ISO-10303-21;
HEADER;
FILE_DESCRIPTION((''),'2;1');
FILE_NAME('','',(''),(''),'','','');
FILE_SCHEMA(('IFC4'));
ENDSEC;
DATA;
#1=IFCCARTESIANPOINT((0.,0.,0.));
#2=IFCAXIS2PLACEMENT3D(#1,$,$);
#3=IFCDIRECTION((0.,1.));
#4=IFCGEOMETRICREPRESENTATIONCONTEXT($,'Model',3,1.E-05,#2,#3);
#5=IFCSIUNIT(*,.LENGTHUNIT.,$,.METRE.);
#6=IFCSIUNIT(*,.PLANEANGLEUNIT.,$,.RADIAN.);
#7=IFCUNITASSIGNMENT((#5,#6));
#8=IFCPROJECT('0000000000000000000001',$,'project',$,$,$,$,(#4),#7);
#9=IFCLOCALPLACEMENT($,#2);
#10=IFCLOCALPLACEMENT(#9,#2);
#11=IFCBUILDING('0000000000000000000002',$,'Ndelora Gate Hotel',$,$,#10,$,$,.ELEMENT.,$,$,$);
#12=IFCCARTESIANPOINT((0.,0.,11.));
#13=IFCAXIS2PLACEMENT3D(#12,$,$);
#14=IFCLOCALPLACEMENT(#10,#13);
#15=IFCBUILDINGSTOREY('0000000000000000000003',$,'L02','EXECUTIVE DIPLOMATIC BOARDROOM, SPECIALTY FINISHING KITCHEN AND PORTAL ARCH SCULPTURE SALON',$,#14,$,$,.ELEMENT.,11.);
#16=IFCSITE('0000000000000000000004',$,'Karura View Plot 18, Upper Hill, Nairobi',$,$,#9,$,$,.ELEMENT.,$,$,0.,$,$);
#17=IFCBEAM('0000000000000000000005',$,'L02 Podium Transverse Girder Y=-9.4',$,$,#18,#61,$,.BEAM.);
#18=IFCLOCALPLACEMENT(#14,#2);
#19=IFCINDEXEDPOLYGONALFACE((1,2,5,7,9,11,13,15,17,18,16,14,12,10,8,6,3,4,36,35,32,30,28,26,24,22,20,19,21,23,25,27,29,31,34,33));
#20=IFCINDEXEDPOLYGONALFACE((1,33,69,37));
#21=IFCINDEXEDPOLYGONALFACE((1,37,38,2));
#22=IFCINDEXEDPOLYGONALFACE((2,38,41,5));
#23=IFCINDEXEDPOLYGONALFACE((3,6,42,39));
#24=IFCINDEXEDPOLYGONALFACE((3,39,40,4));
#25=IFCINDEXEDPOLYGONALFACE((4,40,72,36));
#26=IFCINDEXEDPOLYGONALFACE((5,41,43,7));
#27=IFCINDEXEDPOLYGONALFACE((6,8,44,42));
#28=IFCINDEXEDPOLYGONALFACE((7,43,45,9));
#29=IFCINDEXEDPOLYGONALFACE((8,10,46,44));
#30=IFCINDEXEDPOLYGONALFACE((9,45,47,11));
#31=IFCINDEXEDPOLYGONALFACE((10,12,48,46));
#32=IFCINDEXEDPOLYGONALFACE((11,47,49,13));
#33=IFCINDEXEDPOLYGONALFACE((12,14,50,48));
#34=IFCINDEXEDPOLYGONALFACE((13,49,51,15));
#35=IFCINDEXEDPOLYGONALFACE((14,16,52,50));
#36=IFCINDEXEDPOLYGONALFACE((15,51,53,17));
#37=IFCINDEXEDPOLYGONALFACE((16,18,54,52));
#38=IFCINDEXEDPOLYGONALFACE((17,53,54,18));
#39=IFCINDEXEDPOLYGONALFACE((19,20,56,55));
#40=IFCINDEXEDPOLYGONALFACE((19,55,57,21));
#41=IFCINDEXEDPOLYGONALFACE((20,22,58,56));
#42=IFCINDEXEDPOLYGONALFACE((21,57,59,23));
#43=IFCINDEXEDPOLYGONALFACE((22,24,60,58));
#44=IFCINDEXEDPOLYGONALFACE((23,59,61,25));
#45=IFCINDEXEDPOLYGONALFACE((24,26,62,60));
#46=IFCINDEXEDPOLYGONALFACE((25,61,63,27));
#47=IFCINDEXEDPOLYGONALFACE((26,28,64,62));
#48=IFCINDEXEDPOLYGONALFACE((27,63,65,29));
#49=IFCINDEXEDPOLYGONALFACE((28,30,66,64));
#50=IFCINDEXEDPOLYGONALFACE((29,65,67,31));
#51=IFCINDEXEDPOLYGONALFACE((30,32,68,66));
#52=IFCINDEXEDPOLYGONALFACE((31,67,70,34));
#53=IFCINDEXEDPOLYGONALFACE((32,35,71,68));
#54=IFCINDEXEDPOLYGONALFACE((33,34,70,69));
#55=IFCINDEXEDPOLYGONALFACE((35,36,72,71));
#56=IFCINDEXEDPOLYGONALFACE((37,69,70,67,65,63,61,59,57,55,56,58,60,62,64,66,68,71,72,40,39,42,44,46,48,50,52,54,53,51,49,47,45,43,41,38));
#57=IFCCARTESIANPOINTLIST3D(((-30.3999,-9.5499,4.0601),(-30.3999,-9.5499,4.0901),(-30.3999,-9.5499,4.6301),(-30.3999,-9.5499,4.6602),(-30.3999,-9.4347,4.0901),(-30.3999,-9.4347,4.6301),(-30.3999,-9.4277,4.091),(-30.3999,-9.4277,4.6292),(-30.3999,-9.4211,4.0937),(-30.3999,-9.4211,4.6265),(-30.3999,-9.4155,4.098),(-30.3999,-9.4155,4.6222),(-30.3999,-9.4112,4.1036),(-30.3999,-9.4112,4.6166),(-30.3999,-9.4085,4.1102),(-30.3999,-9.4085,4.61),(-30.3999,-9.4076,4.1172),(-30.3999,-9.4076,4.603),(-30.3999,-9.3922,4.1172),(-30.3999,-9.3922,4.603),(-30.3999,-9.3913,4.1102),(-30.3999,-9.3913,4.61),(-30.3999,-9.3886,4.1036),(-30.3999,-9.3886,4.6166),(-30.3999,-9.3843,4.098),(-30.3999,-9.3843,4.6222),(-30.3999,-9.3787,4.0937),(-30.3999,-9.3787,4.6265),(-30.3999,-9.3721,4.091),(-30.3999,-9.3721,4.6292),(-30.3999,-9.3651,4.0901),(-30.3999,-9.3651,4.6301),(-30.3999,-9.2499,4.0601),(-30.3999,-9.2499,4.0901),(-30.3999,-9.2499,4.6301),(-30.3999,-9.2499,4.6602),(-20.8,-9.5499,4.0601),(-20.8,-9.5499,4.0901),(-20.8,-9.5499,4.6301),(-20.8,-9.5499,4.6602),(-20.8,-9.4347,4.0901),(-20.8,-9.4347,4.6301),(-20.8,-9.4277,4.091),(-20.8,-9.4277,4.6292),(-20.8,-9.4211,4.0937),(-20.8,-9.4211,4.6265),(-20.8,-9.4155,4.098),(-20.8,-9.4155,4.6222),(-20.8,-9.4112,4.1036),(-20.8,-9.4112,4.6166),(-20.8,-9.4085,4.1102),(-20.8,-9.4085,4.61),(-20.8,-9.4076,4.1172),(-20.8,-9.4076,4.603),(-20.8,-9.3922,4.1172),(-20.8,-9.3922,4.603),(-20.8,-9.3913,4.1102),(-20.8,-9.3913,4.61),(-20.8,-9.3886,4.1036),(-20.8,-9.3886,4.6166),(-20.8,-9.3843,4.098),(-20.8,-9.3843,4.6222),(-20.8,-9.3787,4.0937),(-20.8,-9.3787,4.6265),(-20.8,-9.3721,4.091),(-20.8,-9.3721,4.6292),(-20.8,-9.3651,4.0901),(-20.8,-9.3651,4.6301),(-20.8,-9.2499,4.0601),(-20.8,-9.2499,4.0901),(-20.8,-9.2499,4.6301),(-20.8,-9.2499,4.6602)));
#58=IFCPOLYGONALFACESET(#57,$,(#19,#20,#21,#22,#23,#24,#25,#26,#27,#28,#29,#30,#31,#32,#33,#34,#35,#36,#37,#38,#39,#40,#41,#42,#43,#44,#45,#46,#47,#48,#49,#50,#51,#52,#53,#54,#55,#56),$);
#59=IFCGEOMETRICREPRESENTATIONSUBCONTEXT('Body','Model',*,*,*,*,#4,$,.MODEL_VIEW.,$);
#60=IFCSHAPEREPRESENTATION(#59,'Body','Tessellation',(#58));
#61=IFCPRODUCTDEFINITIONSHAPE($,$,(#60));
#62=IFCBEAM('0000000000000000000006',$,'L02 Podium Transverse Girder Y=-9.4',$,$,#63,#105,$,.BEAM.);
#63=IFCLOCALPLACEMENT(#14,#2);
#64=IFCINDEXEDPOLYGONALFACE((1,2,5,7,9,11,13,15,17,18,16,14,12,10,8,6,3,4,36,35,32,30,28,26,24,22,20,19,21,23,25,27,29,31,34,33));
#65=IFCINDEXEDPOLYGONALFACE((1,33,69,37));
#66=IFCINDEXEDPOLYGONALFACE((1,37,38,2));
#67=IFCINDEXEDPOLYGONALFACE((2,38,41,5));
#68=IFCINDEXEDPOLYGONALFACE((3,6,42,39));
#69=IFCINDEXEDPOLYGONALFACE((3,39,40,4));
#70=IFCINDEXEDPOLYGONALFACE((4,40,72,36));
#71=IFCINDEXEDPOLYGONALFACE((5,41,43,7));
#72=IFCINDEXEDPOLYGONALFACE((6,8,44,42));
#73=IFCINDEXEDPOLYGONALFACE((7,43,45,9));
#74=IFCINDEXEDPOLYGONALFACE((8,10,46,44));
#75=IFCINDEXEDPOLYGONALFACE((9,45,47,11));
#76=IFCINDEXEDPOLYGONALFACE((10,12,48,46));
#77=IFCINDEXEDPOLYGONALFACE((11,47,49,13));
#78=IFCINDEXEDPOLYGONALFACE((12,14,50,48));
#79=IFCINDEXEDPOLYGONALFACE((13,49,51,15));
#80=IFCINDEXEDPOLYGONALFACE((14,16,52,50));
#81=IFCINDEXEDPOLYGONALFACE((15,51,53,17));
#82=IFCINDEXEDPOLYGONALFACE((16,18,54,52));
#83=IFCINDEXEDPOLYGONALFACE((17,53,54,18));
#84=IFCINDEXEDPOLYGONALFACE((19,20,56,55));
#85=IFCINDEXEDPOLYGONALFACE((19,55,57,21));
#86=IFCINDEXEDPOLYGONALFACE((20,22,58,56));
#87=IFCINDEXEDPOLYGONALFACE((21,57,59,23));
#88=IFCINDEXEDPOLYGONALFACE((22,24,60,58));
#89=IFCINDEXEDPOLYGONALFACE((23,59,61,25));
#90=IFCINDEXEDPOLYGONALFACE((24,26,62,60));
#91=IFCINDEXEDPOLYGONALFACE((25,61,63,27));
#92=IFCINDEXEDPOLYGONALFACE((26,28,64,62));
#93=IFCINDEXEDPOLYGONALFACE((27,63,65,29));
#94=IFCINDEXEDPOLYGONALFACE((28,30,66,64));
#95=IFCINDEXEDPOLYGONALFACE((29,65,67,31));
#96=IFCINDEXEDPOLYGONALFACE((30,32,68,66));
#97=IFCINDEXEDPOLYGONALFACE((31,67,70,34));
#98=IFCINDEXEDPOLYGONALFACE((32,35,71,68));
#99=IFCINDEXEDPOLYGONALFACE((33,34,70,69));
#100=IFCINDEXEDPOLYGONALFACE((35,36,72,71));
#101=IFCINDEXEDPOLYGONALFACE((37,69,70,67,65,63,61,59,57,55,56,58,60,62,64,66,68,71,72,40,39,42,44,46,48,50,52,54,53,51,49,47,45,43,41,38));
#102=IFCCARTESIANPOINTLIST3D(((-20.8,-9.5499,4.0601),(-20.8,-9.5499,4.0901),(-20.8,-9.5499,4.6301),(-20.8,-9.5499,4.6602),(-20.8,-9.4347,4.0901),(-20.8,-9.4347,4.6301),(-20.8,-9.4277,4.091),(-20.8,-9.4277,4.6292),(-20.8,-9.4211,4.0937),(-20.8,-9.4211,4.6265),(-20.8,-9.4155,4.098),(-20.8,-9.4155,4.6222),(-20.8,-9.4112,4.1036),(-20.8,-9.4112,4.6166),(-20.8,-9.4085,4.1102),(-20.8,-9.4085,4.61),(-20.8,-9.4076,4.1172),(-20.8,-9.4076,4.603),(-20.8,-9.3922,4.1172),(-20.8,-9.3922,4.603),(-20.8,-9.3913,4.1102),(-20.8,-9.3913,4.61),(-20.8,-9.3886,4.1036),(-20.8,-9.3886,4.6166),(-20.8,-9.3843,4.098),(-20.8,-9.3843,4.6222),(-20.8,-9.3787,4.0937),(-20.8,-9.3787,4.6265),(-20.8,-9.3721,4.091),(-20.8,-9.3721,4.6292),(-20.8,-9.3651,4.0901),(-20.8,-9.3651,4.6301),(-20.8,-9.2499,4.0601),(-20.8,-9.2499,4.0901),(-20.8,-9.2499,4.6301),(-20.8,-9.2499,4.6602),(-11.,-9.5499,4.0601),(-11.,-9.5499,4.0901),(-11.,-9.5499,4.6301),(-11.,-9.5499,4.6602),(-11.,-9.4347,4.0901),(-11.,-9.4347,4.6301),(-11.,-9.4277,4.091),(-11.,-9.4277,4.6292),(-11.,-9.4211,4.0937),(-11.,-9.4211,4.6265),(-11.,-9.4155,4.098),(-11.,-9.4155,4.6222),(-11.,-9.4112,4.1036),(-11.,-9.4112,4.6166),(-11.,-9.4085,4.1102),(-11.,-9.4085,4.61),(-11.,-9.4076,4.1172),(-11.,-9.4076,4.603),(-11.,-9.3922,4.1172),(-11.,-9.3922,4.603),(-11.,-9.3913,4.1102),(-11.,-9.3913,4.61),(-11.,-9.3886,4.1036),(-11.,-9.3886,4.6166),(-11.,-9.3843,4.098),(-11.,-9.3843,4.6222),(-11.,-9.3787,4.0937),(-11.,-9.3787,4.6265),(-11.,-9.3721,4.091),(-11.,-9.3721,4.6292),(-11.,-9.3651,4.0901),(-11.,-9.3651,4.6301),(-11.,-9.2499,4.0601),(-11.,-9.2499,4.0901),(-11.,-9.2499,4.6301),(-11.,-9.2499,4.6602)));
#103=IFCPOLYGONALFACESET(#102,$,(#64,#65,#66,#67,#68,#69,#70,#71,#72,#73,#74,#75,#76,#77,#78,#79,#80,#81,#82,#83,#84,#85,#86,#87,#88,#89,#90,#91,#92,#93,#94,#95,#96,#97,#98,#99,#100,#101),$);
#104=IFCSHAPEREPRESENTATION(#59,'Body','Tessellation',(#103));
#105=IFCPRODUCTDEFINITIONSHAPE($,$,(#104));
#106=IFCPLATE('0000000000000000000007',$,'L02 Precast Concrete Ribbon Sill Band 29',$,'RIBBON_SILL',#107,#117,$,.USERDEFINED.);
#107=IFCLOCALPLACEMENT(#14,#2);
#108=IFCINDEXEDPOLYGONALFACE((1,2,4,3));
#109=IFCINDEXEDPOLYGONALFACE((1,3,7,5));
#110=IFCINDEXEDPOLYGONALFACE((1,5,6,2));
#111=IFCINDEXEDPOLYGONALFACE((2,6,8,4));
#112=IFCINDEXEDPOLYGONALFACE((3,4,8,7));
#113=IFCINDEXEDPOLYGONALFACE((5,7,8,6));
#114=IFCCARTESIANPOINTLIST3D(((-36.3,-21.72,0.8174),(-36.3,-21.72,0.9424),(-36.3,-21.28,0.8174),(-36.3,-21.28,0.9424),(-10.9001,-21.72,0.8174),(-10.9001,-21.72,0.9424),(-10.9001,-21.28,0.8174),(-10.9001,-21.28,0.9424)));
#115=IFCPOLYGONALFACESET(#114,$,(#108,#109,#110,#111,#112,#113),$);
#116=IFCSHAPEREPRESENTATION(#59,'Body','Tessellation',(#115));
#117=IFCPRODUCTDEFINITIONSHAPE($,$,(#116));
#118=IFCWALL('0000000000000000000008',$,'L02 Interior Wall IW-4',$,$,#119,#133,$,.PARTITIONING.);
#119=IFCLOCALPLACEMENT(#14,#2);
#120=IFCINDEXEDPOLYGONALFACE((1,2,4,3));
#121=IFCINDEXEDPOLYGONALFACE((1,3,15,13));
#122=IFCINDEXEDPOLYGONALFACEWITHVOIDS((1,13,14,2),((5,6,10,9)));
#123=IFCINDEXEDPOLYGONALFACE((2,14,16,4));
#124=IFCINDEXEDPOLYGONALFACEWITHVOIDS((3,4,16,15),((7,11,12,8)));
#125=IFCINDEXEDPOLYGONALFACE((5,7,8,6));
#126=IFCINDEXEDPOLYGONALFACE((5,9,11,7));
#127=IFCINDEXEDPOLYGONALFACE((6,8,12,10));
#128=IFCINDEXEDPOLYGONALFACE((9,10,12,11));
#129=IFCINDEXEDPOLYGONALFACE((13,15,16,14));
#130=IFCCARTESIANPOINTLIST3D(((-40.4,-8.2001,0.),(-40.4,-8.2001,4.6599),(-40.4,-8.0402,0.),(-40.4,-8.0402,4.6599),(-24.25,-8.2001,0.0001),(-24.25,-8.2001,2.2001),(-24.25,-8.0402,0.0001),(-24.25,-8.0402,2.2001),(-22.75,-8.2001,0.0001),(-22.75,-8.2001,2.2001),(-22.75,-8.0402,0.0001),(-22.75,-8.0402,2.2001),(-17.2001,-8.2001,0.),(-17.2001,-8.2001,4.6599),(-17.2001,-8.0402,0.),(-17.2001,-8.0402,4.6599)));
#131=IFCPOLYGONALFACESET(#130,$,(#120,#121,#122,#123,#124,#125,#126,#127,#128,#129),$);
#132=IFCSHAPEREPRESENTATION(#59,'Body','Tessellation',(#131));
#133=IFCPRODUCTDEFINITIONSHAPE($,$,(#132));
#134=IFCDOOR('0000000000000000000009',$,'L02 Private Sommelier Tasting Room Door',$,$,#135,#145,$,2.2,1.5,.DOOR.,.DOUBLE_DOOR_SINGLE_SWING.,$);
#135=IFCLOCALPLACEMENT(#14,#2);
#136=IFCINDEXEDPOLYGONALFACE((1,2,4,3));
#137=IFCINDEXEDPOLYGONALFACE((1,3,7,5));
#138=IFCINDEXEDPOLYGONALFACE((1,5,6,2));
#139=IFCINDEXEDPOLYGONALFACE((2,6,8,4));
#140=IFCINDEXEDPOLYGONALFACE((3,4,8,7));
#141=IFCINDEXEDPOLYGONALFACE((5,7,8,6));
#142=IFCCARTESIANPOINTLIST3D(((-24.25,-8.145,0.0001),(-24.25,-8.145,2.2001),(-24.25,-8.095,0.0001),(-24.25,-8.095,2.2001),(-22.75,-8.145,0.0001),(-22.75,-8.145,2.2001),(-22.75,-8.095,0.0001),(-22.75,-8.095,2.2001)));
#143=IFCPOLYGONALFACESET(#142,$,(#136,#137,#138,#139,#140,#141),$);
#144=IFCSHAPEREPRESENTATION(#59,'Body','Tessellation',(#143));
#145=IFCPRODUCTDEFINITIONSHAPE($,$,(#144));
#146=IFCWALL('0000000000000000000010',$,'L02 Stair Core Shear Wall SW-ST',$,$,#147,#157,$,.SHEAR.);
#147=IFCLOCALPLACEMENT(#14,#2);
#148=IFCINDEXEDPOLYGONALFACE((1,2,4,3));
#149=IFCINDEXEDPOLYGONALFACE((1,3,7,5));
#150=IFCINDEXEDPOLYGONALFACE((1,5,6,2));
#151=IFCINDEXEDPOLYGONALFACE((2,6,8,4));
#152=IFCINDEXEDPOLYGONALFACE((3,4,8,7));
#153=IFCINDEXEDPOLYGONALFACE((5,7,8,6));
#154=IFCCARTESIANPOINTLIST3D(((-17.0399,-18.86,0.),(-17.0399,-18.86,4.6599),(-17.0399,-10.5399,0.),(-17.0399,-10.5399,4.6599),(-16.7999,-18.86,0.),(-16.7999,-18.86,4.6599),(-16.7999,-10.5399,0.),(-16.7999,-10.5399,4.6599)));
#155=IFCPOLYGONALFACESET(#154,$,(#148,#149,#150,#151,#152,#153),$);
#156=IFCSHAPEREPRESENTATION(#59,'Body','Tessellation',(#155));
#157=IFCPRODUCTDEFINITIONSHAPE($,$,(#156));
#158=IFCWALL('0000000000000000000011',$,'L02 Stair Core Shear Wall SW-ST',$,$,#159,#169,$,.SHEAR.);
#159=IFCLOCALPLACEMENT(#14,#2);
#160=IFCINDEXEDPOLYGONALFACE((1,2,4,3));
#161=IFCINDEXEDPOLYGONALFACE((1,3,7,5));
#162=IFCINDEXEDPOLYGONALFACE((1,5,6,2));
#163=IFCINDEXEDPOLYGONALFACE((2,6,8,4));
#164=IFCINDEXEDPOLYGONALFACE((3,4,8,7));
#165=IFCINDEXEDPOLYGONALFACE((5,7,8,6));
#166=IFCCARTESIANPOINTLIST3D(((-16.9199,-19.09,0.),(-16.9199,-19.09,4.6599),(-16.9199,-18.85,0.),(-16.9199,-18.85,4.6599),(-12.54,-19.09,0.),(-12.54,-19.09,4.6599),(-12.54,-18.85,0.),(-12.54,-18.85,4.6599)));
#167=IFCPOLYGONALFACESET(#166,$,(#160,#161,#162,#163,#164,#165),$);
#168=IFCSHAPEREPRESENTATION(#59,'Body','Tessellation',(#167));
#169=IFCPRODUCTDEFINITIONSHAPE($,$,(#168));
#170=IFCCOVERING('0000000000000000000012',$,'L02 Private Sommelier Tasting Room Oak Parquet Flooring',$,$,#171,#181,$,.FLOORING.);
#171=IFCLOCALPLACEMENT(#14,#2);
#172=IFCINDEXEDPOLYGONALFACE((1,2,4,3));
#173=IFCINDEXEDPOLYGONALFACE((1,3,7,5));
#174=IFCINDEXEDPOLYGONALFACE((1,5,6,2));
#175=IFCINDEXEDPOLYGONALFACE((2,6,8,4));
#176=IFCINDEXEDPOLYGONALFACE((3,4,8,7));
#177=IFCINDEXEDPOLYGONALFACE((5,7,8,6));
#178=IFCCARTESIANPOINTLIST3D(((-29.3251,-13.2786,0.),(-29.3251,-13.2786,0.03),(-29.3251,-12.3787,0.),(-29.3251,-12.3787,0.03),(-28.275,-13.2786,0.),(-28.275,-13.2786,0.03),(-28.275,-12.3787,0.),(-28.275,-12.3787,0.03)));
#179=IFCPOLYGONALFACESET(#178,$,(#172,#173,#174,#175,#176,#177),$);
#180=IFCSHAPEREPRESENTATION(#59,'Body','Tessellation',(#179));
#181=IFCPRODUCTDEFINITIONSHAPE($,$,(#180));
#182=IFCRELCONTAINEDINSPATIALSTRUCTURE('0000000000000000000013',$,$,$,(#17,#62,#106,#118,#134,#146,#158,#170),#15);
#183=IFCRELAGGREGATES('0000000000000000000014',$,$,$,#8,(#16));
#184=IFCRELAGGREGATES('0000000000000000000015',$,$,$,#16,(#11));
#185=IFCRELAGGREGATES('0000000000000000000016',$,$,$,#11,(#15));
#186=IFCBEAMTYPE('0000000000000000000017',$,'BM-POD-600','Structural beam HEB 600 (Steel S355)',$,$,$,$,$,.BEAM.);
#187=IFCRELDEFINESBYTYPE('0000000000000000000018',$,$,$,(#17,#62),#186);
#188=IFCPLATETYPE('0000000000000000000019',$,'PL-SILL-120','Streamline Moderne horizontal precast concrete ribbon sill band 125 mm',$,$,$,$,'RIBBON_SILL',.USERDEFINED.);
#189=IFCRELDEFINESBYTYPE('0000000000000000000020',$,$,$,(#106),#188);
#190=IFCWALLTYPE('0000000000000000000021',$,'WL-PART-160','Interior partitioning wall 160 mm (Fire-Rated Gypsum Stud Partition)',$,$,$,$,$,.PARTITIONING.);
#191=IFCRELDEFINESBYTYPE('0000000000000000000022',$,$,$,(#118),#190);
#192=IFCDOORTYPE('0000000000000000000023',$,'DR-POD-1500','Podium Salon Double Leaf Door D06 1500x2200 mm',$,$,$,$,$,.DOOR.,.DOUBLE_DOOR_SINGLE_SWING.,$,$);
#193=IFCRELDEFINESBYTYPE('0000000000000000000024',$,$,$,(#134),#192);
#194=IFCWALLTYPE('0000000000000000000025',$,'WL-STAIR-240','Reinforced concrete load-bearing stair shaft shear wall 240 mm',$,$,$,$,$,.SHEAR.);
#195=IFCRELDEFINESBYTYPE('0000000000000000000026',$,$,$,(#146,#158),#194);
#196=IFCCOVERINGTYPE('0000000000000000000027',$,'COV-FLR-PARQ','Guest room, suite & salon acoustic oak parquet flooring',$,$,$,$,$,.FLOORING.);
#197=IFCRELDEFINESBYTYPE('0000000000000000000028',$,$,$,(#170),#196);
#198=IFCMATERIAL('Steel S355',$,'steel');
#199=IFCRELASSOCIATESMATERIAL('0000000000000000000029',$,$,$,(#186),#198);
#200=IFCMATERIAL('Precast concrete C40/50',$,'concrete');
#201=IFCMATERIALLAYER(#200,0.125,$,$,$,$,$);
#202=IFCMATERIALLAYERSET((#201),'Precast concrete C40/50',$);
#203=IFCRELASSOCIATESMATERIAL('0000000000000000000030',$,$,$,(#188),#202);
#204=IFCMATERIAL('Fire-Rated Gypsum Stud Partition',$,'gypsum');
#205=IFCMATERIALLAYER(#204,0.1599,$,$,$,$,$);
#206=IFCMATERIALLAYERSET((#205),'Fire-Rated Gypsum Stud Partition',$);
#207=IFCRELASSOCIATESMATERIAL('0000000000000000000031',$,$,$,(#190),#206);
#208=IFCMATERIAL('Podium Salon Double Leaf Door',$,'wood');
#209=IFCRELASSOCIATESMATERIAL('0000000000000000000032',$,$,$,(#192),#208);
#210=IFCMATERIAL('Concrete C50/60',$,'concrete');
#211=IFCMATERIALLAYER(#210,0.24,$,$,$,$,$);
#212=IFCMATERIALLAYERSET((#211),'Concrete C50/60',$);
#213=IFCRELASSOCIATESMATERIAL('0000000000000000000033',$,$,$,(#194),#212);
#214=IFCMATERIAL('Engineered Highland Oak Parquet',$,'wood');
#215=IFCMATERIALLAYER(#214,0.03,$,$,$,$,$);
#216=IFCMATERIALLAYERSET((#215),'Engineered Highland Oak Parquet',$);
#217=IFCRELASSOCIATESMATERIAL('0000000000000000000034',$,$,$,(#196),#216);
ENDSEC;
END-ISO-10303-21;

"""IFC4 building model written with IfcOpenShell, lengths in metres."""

from ifc_helpers import new_model, si_unit, direction, frame, frame_2d, origin, origin_2d, place, context, subcontext, project, spatial, rectangle, i_section, extrude, material, layer, layer_set, material_profile, profile_set, type_object, element, fill, save


model = new_model("IFC4")

# Units and contexts
model_context = context("Model", 3, precision=1e-05, world=origin(), true_north=direction((0.0, 1.0)))
body_context = subcontext(model_context, "Body", "Model", "MODEL_VIEW")
ifc_project = project(units=[si_unit("LENGTHUNIT", "METRE"), si_unit("PLANEANGLEUNIT", "RADIAN")], contexts=[model_context])

# Site, building, storey
site_placement = place(None, origin())
site = spatial("IfcSite", under=ifc_project, at=site_placement, Name="Karura View Plot 18, Upper Hill, Nairobi", CompositionType="ELEMENT", RefElevation=0.0)
building_placement = place(site_placement, origin())
building = spatial("IfcBuilding", under=site, at=building_placement, Name="Ndelora Gate Hotel", CompositionType="ELEMENT")
storey_placement = place(building_placement, frame((0.0, 0.0, 11.0)))
storey = spatial("IfcBuildingStorey", under=building, at=storey_placement, Name="L02", Description="EXECUTIVE DIPLOMATIC BOARDROOM, SPECIALTY FINISHING KITCHEN AND PORTAL ARCH SCULPTURE SALON", CompositionType="ELEMENT", Elevation=11.0)

# Shared definitions
ifc_material_1 = material(Name="Concrete C50/60", Category="concrete")

# Beams
ifc_material_2 = material(Name="Steel S355", Category="steel")
ifc_material_profile_1 = material_profile(ifc_material_2, i_section(OverallWidth=0.3, OverallDepth=0.6001, WebThickness=0.0154, FlangeThickness=0.03, FilletRadius=0.0271, at=origin_2d()), Name="HEB 600")
ifc_profile_set_1 = profile_set([ifc_material_profile_1], Name="Steel S355")
beam_type_1 = type_object("IfcBeamType", Name="BM-POD-600", Description="Structural beam HEB 600 (Steel S355)", PredefinedType="BEAM", material=ifc_profile_set_1)
for number, where, z_axis, x_axis, name in (
    (1, (-30.3999, -9.3999, 4.3601), (1.0, 0.0, 0.0), (0.0, 1.0, 0.0), "L02 Podium Transverse Girder Y=-9.4"),
):
    element("IfcBeam", number, at=place(storey_placement, frame(where, z_axis=z_axis, x_axis=x_axis)), inside=storey, type_object=beam_type_1, Name=name, PredefinedType="BEAM", context=body_context, shape_type="SweptSolid", body=[
        extrude(i_section(OverallWidth=0.3, OverallDepth=0.6001, WebThickness=0.0154, FlangeThickness=0.03, FilletRadius=0.0271, at=origin_2d()), origin(), (0.0, 0.0, 1.0), 9.5999),
    ])
beam_1_placement = place(storey_placement, frame((-20.8, -9.3999, 4.3601), z_axis=(1.0, 0.0, 0.0), x_axis=(0.0, 1.0, 0.0)))
element("IfcBeam", 2, at=beam_1_placement, inside=storey, type_object=beam_type_1, Name="L02 Podium Transverse Girder Y=-9.4", PredefinedType="BEAM", context=body_context, shape_type="SweptSolid", body=[
    extrude(i_section(OverallWidth=0.3, OverallDepth=0.6001, WebThickness=0.0154, FlangeThickness=0.03, FilletRadius=0.0271, at=origin_2d()), origin(), (0.0, 0.0, 1.0), 9.8),
])

# Plate
ifc_material_3 = material(Name="Precast concrete C40/50", Category="concrete")
ifc_layer_1 = layer(ifc_material_3, 0.125)
ifc_layer_set_1 = layer_set([ifc_layer_1], Name="Precast concrete C40/50")
plate_type = type_object("IfcPlateType", Name="PL-SILL-120", Description="Streamline Moderne horizontal precast concrete ribbon sill band 125 mm", ElementType="RIBBON_SILL", PredefinedType="USERDEFINED", material=ifc_layer_set_1)
plate_placement = place(storey_placement, frame((-23.6001, -21.5, 0.8174), z_axis=(0.0, 0.0, 1.0), x_axis=(1.0, 0.0, 0.0)))
element("IfcPlate", 3, at=plate_placement, inside=storey, type_object=plate_type, Name="L02 Precast Concrete Ribbon Sill Band 29", ObjectType="RIBBON_SILL", PredefinedType="USERDEFINED", context=body_context, shape_type="SweptSolid", body=[
    extrude(rectangle(XDim=25.3999, YDim=0.4399, at=origin_2d()), origin(), (0.0, 0.0, 1.0), 0.125),
])

# Wall, opening, door
ifc_material_4 = material(Name="Fire-Rated Gypsum Stud Partition", Category="gypsum")
ifc_layer_2 = layer(ifc_material_4, 0.1599)
ifc_layer_set_2 = layer_set([ifc_layer_2], Name="Fire-Rated Gypsum Stud Partition")
wall_type_1 = type_object("IfcWallType", Name="WL-PART-160", Description="Interior partitioning wall 160 mm (Fire-Rated Gypsum Stud Partition)", PredefinedType="PARTITIONING", material=ifc_layer_set_2)
wall_1_placement = place(storey_placement, frame((-17.2, -8.1201, 0.0), z_axis=(0.0, 0.0, 1.0), x_axis=(-1.0, 0.0, 0.0)))
wall_1 = element("IfcWall", 4, at=wall_1_placement, inside=storey, type_object=wall_type_1, Name="L02 Interior Wall IW-4", PredefinedType="PARTITIONING", context=body_context, shape_type="SweptSolid", body=[
    extrude(rectangle(XDim=23.2, YDim=0.1599, at=frame_2d((11.6001, 0.0))), origin(), (0.0, 0.0, 1.0), 4.6599),
])
opening_placement = place(wall_1_placement, frame((5.55, 0.0, 0.0)))
opening = element("IfcOpeningElement", 5, at=opening_placement, cuts=wall_1, PredefinedType="OPENING", context=body_context, shape_type="SweptSolid", body=[
    extrude(rectangle(XDim=1.5, YDim=2.2, at=frame_2d((0.75, 1.1001))), frame((0.0, 0.0898, 0.0), z_axis=(0.0, -1.0, 0.0), x_axis=(1.0, 0.0, 0.0)), (0.0, 0.0, 1.0), 0.1799),
])
ifc_material_5 = material(Name="Podium Salon Double Leaf Door", Category="wood")
door_type = type_object("IfcDoorType", Name="DR-POD-1500", Description="Podium Salon Double Leaf Door D06 1500x2200 mm", OperationType="DOUBLE_DOOR_SINGLE_SWING", PredefinedType="DOOR", material=ifc_material_5)
door_placement = place(opening_placement, origin())
door = element("IfcDoor", 6, at=door_placement, inside=storey, type_object=door_type, Name="L02 Private Sommelier Tasting Room Door", OperationType="DOUBLE_DOOR_SINGLE_SWING", OverallHeight=2.2, OverallWidth=1.5, PredefinedType="DOOR", context=body_context, shape_type="SweptSolid", body=[
    extrude(rectangle(XDim=1.5, YDim=2.2, at=frame_2d((0.75, 1.1001))), frame((0.0, 0.0249, 0.0), z_axis=(0.0, -1.0, 0.0), x_axis=(1.0, 0.0, 0.0)), (0.0, 0.0, 1.0), 0.05),
])
fill(opening, door)

# Walls
ifc_layer_3 = layer(ifc_material_1, 0.24)
ifc_layer_set_3 = layer_set([ifc_layer_3], Name="Concrete C50/60")
wall_type_2 = type_object("IfcWallType", Name="WL-STAIR-240", Description="Reinforced concrete load-bearing stair shaft shear wall 240 mm", PredefinedType="SHEAR", material=ifc_layer_set_3)
wall_2_placement = place(storey_placement, frame((-16.9199, -18.8601, 0.0), z_axis=(0.0, 0.0, 1.0), x_axis=(0.0, 1.0, 0.0)))
element("IfcWall", 7, at=wall_2_placement, inside=storey, type_object=wall_type_2, Name="L02 Stair Core Shear Wall SW-ST", PredefinedType="SHEAR", context=body_context, shape_type="SweptSolid", body=[
    extrude(rectangle(XDim=8.3201, YDim=0.24, at=frame_2d((4.1602, 0.0))), origin(), (0.0, 0.0, 1.0), 4.6599),
])
wall_3_placement = place(storey_placement, frame((-16.9199, -18.97, 0.0), z_axis=(0.0, 0.0, 1.0), x_axis=(1.0, 0.0, 0.0)))
element("IfcWall", 8, at=wall_3_placement, inside=storey, type_object=wall_type_2, Name="L02 Stair Core Shear Wall SW-ST", PredefinedType="SHEAR", context=body_context, shape_type="SweptSolid", body=[
    extrude(rectangle(XDim=4.3799, YDim=0.24, at=frame_2d((2.1899, 0.0))), origin(), (0.0, 0.0, 1.0), 4.6599),
])

# Covering
ifc_material_6 = material(Name="Engineered Highland Oak Parquet", Category="wood")
ifc_layer_4 = layer(ifc_material_6, 0.03)
ifc_layer_set_4 = layer_set([ifc_layer_4], Name="Engineered Highland Oak Parquet")
covering_type = type_object("IfcCoveringType", Name="COV-FLR-PARQ", Description="Guest room, suite & salon acoustic oak parquet flooring", PredefinedType="FLOORING", material=ifc_layer_set_4)
covering_placement = place(storey_placement, frame((-28.8, -12.8286, 0.0), z_axis=(0.0, 0.0, 1.0), x_axis=(1.0, 0.0, 0.0)))
element("IfcCovering", 9, at=covering_placement, inside=storey, type_object=covering_type, Name="L02 Private Sommelier Tasting Room Oak Parquet Flooring", PredefinedType="FLOORING", context=body_context, shape_type="SweptSolid", body=[
    extrude(rectangle(XDim=1.05, YDim=0.8999, at=origin_2d()), origin(), (0.0, 0.0, 1.0), 0.03),
])

save(model, "model.ifc")
